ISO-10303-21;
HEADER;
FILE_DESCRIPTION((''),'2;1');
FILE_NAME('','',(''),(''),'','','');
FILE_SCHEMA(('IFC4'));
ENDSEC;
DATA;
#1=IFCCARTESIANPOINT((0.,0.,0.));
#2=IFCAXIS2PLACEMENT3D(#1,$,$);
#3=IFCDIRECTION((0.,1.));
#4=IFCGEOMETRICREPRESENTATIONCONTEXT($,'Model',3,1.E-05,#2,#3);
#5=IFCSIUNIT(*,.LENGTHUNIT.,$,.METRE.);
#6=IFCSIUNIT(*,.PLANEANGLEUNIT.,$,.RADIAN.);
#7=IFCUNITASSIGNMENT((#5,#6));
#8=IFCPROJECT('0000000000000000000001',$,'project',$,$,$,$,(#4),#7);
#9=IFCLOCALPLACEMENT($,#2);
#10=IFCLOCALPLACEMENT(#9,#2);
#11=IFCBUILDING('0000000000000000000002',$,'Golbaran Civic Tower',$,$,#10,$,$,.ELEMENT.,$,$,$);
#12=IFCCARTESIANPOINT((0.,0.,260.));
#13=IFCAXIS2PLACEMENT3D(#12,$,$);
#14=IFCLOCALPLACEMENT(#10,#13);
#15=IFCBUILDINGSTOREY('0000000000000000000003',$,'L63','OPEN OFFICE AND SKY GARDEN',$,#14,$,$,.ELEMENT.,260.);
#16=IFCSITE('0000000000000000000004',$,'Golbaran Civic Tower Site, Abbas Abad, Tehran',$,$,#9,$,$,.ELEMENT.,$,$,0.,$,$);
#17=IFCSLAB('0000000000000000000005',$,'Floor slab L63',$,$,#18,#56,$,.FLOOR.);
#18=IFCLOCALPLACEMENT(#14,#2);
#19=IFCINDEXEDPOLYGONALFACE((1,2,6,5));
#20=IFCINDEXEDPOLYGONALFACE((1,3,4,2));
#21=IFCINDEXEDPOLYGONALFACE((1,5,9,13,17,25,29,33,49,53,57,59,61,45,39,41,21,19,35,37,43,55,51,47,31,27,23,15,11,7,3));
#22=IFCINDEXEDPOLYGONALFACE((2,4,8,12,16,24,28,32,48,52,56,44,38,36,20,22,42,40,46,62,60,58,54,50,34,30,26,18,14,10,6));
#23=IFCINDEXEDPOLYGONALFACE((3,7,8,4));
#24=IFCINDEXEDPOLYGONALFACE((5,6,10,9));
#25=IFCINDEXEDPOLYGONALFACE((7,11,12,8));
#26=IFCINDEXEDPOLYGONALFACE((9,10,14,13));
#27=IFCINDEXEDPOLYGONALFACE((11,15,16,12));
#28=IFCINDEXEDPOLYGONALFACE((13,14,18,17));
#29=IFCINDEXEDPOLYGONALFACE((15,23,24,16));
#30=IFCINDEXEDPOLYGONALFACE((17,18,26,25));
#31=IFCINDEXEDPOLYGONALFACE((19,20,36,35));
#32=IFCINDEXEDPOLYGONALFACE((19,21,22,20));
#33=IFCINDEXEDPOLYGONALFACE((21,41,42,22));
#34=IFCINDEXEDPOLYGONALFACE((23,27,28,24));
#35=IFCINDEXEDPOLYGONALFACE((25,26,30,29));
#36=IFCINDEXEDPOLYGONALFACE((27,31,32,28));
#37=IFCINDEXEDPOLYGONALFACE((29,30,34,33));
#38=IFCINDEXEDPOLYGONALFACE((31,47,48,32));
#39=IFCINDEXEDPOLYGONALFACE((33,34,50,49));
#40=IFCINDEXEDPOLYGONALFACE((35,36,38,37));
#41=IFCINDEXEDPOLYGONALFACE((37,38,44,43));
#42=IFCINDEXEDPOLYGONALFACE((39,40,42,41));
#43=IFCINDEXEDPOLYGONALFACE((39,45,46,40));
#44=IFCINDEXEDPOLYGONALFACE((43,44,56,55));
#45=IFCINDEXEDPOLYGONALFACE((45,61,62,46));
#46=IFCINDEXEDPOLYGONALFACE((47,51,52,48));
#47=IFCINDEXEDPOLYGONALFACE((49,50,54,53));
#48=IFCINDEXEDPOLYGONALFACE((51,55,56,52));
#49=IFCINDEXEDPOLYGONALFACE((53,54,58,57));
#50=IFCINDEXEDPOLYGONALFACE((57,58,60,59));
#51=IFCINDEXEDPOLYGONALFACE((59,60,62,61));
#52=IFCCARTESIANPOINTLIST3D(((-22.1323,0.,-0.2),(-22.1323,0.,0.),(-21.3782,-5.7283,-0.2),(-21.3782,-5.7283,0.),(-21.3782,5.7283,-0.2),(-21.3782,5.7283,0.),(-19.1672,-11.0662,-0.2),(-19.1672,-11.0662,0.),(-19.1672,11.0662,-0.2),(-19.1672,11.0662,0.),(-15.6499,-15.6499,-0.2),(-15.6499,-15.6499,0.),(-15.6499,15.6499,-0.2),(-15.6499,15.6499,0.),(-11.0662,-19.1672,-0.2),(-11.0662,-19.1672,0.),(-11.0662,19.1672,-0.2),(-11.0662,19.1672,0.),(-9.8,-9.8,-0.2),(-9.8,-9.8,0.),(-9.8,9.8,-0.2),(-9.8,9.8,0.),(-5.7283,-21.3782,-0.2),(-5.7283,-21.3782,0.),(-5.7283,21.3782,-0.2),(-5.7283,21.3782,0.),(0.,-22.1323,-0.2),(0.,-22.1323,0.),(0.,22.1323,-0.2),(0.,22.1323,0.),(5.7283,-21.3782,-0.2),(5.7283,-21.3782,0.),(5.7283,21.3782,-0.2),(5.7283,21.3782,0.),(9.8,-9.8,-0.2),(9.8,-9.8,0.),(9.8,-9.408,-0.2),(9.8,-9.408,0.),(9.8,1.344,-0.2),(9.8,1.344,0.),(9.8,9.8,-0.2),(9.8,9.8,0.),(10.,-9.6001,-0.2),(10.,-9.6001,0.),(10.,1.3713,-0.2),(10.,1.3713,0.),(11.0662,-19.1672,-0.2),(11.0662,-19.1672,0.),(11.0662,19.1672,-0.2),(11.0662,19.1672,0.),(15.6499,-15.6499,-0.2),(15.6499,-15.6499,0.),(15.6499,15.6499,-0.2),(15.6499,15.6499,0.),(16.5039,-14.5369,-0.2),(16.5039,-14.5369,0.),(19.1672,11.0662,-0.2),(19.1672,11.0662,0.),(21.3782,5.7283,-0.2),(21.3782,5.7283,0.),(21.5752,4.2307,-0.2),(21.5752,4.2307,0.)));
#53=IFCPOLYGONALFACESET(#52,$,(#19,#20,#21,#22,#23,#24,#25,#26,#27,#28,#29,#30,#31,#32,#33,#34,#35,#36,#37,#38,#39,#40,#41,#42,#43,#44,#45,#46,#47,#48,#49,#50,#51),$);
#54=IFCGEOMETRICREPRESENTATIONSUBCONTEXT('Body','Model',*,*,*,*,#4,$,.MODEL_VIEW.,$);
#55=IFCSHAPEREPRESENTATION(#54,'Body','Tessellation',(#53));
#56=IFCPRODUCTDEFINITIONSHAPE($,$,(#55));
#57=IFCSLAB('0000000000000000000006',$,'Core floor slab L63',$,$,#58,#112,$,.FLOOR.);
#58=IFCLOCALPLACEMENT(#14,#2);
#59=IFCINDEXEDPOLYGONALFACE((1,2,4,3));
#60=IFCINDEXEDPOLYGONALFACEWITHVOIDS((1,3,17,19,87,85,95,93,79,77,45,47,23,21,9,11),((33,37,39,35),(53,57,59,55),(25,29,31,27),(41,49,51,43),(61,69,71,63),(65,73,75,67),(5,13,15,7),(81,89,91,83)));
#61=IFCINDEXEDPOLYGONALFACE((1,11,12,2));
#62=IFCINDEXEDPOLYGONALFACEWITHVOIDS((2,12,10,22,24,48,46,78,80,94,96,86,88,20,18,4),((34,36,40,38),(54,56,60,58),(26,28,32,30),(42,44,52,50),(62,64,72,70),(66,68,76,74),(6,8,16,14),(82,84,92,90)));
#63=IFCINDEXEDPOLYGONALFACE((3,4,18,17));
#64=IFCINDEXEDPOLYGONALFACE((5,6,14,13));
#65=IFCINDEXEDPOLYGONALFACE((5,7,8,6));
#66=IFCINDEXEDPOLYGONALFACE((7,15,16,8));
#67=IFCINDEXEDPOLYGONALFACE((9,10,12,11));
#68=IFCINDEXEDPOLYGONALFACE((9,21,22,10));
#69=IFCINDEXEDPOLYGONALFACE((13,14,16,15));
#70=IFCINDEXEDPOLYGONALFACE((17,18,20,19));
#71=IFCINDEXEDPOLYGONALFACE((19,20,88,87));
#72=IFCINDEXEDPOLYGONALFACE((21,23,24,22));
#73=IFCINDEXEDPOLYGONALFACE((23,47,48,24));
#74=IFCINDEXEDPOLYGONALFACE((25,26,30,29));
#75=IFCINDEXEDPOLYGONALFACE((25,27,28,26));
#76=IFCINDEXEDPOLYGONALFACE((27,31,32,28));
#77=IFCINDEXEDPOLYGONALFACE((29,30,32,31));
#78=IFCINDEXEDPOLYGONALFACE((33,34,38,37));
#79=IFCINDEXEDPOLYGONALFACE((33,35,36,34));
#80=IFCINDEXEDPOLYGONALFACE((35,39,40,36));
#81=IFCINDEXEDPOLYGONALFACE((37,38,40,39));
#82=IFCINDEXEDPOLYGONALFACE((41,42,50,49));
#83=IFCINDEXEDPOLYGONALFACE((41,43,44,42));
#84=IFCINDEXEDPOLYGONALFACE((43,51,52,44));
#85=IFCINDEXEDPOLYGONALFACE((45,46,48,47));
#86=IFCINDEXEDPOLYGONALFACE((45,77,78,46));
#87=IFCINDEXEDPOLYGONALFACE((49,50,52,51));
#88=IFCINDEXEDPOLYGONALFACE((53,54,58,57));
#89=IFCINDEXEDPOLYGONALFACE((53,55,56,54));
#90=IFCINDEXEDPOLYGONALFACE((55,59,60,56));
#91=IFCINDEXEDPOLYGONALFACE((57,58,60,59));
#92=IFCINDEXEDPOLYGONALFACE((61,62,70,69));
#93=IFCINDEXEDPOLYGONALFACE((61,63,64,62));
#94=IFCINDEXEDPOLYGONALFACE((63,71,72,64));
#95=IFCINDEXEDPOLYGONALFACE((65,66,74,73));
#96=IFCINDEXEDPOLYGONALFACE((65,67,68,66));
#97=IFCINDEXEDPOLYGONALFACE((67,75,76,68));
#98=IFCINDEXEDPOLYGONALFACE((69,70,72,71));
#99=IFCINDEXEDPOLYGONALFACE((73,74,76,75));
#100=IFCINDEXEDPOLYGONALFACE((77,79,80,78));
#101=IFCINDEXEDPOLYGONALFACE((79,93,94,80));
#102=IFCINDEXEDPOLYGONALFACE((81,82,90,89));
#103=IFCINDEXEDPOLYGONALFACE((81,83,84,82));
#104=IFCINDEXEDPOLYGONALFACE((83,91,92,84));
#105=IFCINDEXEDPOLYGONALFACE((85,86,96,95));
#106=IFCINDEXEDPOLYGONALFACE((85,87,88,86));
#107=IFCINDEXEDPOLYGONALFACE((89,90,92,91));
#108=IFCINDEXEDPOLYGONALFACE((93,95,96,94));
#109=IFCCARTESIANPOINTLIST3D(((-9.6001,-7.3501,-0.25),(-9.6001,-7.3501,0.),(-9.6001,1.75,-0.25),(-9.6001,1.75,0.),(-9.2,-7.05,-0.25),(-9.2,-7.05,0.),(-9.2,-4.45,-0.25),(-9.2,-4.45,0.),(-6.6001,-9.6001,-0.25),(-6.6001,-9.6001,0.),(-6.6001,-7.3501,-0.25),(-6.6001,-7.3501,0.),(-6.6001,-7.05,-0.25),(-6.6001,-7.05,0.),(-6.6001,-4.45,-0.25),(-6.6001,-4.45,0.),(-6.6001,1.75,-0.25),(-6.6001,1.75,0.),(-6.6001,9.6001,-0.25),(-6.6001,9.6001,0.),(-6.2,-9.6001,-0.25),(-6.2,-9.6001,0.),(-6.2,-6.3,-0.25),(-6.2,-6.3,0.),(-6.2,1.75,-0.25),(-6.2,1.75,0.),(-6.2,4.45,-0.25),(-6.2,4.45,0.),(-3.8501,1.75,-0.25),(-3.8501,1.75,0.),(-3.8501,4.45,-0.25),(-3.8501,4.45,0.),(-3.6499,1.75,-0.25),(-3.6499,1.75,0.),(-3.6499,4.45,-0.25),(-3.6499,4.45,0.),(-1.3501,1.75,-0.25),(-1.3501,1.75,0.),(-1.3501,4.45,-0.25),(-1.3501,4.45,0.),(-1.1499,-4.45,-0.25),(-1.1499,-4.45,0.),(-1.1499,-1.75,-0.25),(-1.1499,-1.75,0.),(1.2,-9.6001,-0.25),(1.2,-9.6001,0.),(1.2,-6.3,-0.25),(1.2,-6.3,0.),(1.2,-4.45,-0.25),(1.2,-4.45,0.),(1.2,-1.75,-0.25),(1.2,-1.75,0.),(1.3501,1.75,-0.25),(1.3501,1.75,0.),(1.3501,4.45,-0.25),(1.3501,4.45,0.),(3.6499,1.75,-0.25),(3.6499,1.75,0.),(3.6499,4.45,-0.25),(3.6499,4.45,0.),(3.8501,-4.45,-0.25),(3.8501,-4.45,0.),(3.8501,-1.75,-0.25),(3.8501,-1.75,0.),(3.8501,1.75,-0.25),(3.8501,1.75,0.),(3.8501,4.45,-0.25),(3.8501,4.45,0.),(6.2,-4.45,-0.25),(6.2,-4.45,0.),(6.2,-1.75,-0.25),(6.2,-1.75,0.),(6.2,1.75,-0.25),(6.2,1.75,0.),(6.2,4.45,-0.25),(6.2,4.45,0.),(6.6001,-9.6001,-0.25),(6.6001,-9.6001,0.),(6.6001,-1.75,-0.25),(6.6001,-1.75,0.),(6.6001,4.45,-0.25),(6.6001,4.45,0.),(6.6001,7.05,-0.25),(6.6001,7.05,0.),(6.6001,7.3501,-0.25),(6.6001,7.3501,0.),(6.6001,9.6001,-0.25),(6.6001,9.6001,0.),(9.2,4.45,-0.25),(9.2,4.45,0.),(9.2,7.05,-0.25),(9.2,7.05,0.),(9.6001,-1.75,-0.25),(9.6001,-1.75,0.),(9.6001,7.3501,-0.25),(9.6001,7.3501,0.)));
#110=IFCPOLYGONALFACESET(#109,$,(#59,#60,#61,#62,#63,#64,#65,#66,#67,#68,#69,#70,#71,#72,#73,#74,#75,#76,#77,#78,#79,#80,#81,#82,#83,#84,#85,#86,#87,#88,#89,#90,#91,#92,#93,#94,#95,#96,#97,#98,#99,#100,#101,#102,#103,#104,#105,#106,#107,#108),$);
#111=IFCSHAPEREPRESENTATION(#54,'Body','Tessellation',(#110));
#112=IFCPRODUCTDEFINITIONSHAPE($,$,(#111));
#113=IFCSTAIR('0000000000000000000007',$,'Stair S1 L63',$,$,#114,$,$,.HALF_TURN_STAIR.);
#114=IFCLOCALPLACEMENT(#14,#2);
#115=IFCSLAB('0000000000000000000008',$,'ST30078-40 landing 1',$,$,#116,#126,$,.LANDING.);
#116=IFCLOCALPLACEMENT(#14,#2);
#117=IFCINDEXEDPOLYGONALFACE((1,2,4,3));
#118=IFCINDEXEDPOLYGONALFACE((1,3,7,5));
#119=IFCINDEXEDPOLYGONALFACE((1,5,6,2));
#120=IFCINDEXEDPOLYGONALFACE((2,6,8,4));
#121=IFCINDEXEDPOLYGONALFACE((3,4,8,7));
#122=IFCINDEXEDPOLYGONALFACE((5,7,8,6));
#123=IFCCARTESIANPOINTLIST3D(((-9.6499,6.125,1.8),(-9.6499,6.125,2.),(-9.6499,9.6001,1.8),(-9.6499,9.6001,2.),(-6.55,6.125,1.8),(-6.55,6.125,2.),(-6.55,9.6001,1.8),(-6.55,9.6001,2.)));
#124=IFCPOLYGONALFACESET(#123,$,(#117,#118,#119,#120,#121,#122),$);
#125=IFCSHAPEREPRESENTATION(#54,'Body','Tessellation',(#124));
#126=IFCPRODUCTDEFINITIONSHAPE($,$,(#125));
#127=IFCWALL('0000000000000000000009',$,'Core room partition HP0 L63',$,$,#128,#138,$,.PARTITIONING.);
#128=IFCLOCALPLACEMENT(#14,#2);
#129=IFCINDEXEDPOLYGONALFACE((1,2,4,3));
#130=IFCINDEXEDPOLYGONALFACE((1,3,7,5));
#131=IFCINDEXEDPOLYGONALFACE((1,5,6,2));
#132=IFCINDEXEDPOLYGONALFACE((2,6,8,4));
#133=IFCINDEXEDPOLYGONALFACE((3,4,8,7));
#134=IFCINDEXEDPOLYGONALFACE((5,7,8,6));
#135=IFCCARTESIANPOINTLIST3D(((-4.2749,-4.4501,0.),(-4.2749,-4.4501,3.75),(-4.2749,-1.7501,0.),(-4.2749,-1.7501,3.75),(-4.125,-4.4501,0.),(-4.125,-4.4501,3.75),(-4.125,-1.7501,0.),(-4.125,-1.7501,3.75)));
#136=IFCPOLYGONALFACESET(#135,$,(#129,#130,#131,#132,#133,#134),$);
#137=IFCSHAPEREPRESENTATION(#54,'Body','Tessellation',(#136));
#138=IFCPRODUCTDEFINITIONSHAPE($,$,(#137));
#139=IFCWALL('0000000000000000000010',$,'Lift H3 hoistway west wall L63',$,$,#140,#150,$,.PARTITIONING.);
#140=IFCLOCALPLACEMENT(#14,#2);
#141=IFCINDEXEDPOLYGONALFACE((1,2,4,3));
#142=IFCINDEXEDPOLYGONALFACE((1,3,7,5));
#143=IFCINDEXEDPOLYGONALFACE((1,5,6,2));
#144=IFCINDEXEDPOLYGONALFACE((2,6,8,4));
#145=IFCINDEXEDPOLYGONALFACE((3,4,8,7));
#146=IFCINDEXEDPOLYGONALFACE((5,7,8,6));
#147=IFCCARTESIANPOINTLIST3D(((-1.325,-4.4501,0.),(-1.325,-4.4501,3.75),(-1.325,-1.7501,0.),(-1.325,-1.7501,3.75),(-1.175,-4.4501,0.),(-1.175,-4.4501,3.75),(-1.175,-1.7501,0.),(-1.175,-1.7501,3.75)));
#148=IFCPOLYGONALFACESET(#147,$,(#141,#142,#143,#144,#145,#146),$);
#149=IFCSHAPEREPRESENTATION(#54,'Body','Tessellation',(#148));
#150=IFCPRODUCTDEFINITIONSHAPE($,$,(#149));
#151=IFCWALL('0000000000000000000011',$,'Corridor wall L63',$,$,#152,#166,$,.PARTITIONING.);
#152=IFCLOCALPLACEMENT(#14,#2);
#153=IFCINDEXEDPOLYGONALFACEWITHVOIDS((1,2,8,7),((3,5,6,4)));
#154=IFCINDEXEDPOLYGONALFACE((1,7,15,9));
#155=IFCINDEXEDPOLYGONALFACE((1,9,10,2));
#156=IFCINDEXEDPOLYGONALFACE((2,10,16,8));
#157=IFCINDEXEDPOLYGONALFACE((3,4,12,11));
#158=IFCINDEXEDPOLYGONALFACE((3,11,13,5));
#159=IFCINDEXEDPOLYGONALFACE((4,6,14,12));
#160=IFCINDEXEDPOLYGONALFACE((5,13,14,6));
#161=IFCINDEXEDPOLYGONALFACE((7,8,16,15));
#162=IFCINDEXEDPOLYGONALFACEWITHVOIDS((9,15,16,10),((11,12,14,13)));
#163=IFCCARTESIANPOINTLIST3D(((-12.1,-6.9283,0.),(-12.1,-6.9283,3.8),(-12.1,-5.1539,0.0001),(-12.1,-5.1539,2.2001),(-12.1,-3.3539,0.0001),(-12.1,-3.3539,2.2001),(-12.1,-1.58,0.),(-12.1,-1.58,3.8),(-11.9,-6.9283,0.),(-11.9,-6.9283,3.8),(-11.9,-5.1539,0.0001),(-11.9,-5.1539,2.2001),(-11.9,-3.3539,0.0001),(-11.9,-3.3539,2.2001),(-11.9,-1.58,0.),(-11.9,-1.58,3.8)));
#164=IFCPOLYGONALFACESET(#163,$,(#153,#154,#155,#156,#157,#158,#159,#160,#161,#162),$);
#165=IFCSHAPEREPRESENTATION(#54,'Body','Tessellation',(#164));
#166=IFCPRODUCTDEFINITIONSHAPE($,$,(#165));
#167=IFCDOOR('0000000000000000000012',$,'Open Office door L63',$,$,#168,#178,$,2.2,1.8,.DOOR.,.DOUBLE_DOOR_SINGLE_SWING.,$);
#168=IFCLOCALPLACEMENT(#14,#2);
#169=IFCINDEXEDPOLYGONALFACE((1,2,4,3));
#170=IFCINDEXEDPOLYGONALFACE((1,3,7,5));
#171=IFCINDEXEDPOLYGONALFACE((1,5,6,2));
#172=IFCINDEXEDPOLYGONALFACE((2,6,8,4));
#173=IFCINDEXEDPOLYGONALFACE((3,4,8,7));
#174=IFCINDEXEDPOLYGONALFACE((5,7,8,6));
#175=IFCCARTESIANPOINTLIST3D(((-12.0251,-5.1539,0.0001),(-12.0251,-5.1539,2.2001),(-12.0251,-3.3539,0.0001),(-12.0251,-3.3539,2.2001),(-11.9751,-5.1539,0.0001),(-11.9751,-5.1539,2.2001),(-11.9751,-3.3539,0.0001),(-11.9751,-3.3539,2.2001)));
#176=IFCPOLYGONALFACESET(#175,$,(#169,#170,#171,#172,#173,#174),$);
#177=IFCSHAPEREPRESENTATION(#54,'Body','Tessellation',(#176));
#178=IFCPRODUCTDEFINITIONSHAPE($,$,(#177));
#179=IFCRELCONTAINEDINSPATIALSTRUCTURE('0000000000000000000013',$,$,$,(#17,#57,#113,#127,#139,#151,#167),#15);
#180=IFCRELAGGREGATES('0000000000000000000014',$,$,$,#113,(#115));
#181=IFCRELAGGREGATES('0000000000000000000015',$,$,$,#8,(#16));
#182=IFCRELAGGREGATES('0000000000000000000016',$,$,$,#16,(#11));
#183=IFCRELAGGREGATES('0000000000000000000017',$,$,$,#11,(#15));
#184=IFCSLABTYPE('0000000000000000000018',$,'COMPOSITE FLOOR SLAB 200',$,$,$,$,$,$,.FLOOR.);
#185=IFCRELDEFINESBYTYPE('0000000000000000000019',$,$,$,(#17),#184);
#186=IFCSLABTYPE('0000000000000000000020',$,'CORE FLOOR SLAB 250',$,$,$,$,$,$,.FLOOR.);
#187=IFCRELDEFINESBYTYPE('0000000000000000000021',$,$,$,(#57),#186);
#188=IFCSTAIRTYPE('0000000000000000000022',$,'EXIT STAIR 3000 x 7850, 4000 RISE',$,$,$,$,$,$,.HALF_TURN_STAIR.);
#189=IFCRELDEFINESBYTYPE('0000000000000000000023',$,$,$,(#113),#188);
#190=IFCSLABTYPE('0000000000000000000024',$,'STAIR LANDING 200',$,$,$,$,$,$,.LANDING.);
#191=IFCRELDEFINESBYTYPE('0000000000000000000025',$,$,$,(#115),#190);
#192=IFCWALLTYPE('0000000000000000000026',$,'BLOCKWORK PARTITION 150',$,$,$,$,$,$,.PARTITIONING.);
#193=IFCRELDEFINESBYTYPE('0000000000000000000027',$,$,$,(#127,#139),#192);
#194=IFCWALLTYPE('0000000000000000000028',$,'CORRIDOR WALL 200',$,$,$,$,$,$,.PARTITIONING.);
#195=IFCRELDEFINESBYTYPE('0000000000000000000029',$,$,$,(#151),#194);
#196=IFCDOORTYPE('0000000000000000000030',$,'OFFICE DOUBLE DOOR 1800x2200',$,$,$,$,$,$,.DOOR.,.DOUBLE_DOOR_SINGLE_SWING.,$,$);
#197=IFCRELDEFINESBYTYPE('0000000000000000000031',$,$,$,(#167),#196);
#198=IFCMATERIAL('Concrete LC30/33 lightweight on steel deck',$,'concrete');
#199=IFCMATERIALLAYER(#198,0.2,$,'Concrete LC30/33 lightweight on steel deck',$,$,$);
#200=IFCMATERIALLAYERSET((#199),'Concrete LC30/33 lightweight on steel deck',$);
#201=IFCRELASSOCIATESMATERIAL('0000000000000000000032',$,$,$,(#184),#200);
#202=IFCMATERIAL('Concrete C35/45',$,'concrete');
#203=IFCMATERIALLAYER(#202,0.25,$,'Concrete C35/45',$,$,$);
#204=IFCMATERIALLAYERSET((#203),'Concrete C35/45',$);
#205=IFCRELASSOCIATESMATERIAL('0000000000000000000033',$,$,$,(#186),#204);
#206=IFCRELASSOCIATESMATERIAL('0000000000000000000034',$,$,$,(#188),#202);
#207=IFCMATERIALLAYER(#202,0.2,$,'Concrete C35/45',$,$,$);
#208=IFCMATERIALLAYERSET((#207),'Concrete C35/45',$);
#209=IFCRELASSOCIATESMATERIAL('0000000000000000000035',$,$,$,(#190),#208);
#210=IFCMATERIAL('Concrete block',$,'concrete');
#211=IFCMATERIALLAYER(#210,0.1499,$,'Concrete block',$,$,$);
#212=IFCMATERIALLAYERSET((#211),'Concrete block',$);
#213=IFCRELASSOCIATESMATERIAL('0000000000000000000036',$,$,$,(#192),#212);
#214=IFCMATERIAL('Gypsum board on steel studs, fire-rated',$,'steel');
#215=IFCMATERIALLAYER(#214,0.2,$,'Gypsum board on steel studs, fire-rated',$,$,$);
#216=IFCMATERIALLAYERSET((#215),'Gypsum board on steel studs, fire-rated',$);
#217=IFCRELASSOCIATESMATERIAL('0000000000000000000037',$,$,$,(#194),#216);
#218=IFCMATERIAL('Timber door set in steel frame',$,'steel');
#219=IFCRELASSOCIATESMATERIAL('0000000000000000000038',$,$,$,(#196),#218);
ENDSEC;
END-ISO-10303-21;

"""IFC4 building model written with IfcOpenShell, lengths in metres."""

from ifc_helpers import new_model, si_unit, direction, frame, frame_2d, origin, place, context, subcontext, project, spatial, polyline, rectangle, outline, extrude, material, layer, layer_set, type_object, element, fill, aggregate, save


model = new_model("IFC4")

# Units and contexts
model_context = context("Model", 3, precision=1e-05, world=origin(), true_north=direction((0.0, 1.0)))
body_context = subcontext(model_context, "Body", "Model", "MODEL_VIEW")
ifc_project = project(units=[si_unit("LENGTHUNIT", "METRE"), si_unit("PLANEANGLEUNIT", "RADIAN")], contexts=[model_context])

# Site, building, storey
site_placement = place(None, origin())
site = spatial("IfcSite", under=ifc_project, at=site_placement, Name="Golbaran Civic Tower Site, Abbas Abad, Tehran", CompositionType="ELEMENT", RefElevation=0.0)
building_placement = place(site_placement, origin())
building = spatial("IfcBuilding", under=site, at=building_placement, Name="Golbaran Civic Tower", CompositionType="ELEMENT")
storey_placement = place(building_placement, frame((0.0, 0.0, 260.0)))
storey = spatial("IfcBuildingStorey", under=building, at=storey_placement, Name="L63", Description="OPEN OFFICE AND SKY GARDEN", CompositionType="ELEMENT", Elevation=260.0)

# Slabs
ifc_material_1 = material(Name="Concrete LC30/33 lightweight on steel deck", Category="concrete")
ifc_layer_1 = layer(ifc_material_1, 0.2, Name="Concrete LC30/33 lightweight on steel deck")
ifc_layer_set_1 = layer_set([ifc_layer_1], Name="Concrete LC30/33 lightweight on steel deck")
slab_type_1 = type_object("IfcSlabType", Name="COMPOSITE FLOOR SLAB 200", PredefinedType="FLOOR", material=ifc_layer_set_1)
slab_1_placement = place(storey_placement, frame((0.0, 0.0, -0.2)))
element("IfcSlab", 1, at=slab_1_placement, inside=storey, type_object=slab_type_1, Name="Floor slab L63", PredefinedType="FLOOR", context=body_context, shape_type="SweptSolid", body=[
    extrude(outline(polyline([(11.0662, -19.1672), (5.7283, -21.3782), (0.0, -22.1323), (-5.7283, -21.3782), (-11.0662, -19.1672), (-15.6499, -15.6499), (-19.1672, -11.0662), (-21.3782, -5.7283), (-22.1323, 0.0), (-21.3782, 5.7283), (-19.1672, 11.0662), (-15.6499, 15.6499), (-11.0662, 19.1672), (-5.7283, 21.3782), (0.0, 22.1323), (5.7283, 21.3782), (11.0662, 19.1672), (15.6499, 15.6499), (19.1672, 11.0662), (21.3782, 5.7283), (21.5752, 4.2307), (10.0, 1.3713), (9.8, 1.344), (9.8, 9.8), (-9.8, 9.8), (-9.8, -9.8), (9.8, -9.8), (9.8, -9.408), (10.0, -9.6001), (16.5039, -14.5369), (15.6499, -15.6499), (11.0662, -19.1672)])), origin(), (0.0, 0.0, 1.0), 0.2),
])
ifc_material_2 = material(Name="Concrete C35/45", Category="concrete")
ifc_layer_2 = layer(ifc_material_2, 0.25, Name="Concrete C35/45")
ifc_layer_set_2 = layer_set([ifc_layer_2], Name="Concrete C35/45")
slab_type_2 = type_object("IfcSlabType", Name="CORE FLOOR SLAB 250", PredefinedType="FLOOR", material=ifc_layer_set_2)
slab_2_placement = place(storey_placement, frame((0.0, 0.0, -0.25)))
element("IfcSlab", 2, at=slab_2_placement, inside=storey, type_object=slab_type_2, Name="Core floor slab L63", PredefinedType="FLOOR", context=body_context, shape_type="SweptSolid", body=[
    extrude(outline(polyline([(6.6001, -1.75), (6.6001, -9.6001), (1.2, -9.6001), (1.2, -6.3), (-6.2, -6.3), (-6.2, -9.6001), (-6.6001, -9.6001), (-6.6001, -7.3501), (-9.6001, -7.3501), (-9.6001, 1.75), (-6.6001, 1.75), (-6.6001, 9.6001), (6.6001, 9.6001), (6.6001, 7.3501), (9.6001, 7.3501), (9.6001, -1.75), (6.6001, -1.75)]), holes=[polyline([(9.2, 7.05), (6.6001, 7.05), (6.6001, 4.45), (9.2, 4.45), (9.2, 7.05)]), polyline([(6.2, -1.75), (3.8501, -1.75), (3.8501, -4.45), (6.2, -4.45), (6.2, -1.75)]), polyline([(6.2, 4.45), (3.8501, 4.45), (3.8501, 1.75), (6.2, 1.75), (6.2, 4.45)]), polyline([(3.6499, 4.45), (1.3501, 4.45), (1.3501, 1.75), (3.6499, 1.75), (3.6499, 4.45)]), polyline([(-1.1499, -1.75), (-1.1499, -4.45), (1.2, -4.45), (1.2, -1.75), (-1.1499, -1.75)]), polyline([(-1.3501, 4.45), (-3.6499, 4.45), (-3.6499, 1.75), (-1.3501, 1.75), (-1.3501, 4.45)]), polyline([(-3.8501, 4.45), (-6.2, 4.45), (-6.2, 1.75), (-3.8501, 1.75), (-3.8501, 4.45)]), polyline([(-6.6001, -4.45), (-9.2, -4.45), (-9.2, -7.05), (-6.6001, -7.05), (-6.6001, -4.45)])]), origin(), (0.0, 0.0, 1.0), 0.25),
])

# Stair, slab
stair_type_1 = type_object("IfcStairType", Name="EXIT STAIR 3000 x 7850, 4000 RISE", PredefinedType="HALF_TURN_STAIR", material=ifc_material_2)
stair_1_placement = place(storey_placement, origin())
stair_1 = element("IfcStair", 3, at=stair_1_placement, inside=storey, type_object=stair_type_1, Name="Stair S1 L63", PredefinedType="HALF_TURN_STAIR")
ifc_layer_3 = layer(ifc_material_2, 0.2, Name="Concrete C35/45")
ifc_layer_set_3 = layer_set([ifc_layer_3], Name="Concrete C35/45")
slab_type_3 = type_object("IfcSlabType", Name="STAIR LANDING 200", PredefinedType="LANDING", material=ifc_layer_set_3)
slab_3_placement = place(storey_placement, frame((0.0, 0.0, 1.8)))
slab_3 = element("IfcSlab", 4, at=slab_3_placement, type_object=slab_type_3, Name="ST30078-40 landing 1", PredefinedType="LANDING", context=body_context, shape_type="SweptSolid", body=[
    extrude(outline(polyline([(-9.6499, 6.125), (-9.6499, 9.6001), (-6.55, 9.6001), (-6.55, 6.125), (-9.6499, 6.125)])), origin(), (0.0, 0.0, 1.0), 0.2),
])
aggregate(stair_1, [slab_3])

# Walls
ifc_material_3 = material(Name="Concrete block", Category="concrete")
ifc_layer_4 = layer(ifc_material_3, 0.1499, Name="Concrete block")
ifc_layer_set_4 = layer_set([ifc_layer_4], Name="Concrete block")
wall_type_1 = type_object("IfcWallType", Name="BLOCKWORK PARTITION 150", PredefinedType="PARTITIONING", material=ifc_layer_set_4)
for number, where, z_axis, x_axis, name in (
    (5, (-4.2, -1.75, 0.0), (0.0, 0.0, 1.0), (0.0, -1.0, 0.0), "Core room partition HP0 L63"),
    (6, (-1.25, -1.75, 0.0), (0.0, 0.0, 1.0), (0.0, -1.0, 0.0), "Lift H3 hoistway west wall L63"),
):
    element("IfcWall", number, at=place(storey_placement, frame(where, z_axis=z_axis, x_axis=x_axis)), inside=storey, type_object=wall_type_1, Name=name, PredefinedType="PARTITIONING", context=body_context, shape_type="SweptSolid", body=[
        extrude(rectangle(XDim=2.7, YDim=0.1499, at=frame_2d((1.3501, 0.0))), origin(), (0.0, 0.0, 1.0), 3.75),
    ])

# Wall, opening, door
ifc_material_4 = material(Name="Gypsum board on steel studs, fire-rated", Category="steel")
ifc_layer_5 = layer(ifc_material_4, 0.2, Name="Gypsum board on steel studs, fire-rated")
ifc_layer_set_5 = layer_set([ifc_layer_5], Name="Gypsum board on steel studs, fire-rated")
wall_type_2 = type_object("IfcWallType", Name="CORRIDOR WALL 200", PredefinedType="PARTITIONING", material=ifc_layer_set_5)
wall_1_placement = place(storey_placement, frame((-12.0, -1.5798, 0.0), z_axis=(0.0, 0.0, 1.0), x_axis=(0.0, -1.0, 0.0)))
wall_1 = element("IfcWall", 7, at=wall_1_placement, inside=storey, type_object=wall_type_2, Name="Corridor wall L63", PredefinedType="PARTITIONING", context=body_context, shape_type="SweptSolid", body=[
    extrude(rectangle(XDim=5.3484, YDim=0.2, at=frame_2d((2.6743, 0.0))), origin(), (0.0, 0.0, 1.0), 3.8),
])
opening_1_placement = place(wall_1_placement, frame((1.7742, 0.0, 0.0)))
opening_1 = element("IfcOpeningElement", 8, at=opening_1_placement, cuts=wall_1, PredefinedType="OPENING", context=body_context, shape_type="SweptSolid", body=[
    extrude(rectangle(XDim=1.8, YDim=2.2, at=frame_2d((0.8999, 1.1001))), frame((0.0, 0.1099, 0.0), z_axis=(0.0, -1.0, 0.0), x_axis=(1.0, 0.0, 0.0)), (0.0, 0.0, 1.0), 0.22),
])
ifc_material_5 = material(Name="Timber door set in steel frame", Category="steel")
door_type_1 = type_object("IfcDoorType", Name="OFFICE DOUBLE DOOR 1800x2200", OperationType="DOUBLE_DOOR_SINGLE_SWING", PredefinedType="DOOR", material=ifc_material_5)
door_1_placement = place(opening_1_placement, origin())
door_1 = element("IfcDoor", 9, at=door_1_placement, inside=storey, type_object=door_type_1, Name="Open Office door L63", OperationType="DOUBLE_DOOR_SINGLE_SWING", OverallHeight=2.2, OverallWidth=1.8, PredefinedType="DOOR", context=body_context, shape_type="SweptSolid", body=[
    extrude(rectangle(XDim=1.8, YDim=2.2, at=frame_2d((0.8999, 1.1001))), frame((0.0, 0.0249, 0.0), z_axis=(0.0, -1.0, 0.0), x_axis=(1.0, 0.0, 0.0)), (0.0, 0.0, 1.0), 0.05),
])
fill(opening_1, door_1)

save(model, "model.ifc")
